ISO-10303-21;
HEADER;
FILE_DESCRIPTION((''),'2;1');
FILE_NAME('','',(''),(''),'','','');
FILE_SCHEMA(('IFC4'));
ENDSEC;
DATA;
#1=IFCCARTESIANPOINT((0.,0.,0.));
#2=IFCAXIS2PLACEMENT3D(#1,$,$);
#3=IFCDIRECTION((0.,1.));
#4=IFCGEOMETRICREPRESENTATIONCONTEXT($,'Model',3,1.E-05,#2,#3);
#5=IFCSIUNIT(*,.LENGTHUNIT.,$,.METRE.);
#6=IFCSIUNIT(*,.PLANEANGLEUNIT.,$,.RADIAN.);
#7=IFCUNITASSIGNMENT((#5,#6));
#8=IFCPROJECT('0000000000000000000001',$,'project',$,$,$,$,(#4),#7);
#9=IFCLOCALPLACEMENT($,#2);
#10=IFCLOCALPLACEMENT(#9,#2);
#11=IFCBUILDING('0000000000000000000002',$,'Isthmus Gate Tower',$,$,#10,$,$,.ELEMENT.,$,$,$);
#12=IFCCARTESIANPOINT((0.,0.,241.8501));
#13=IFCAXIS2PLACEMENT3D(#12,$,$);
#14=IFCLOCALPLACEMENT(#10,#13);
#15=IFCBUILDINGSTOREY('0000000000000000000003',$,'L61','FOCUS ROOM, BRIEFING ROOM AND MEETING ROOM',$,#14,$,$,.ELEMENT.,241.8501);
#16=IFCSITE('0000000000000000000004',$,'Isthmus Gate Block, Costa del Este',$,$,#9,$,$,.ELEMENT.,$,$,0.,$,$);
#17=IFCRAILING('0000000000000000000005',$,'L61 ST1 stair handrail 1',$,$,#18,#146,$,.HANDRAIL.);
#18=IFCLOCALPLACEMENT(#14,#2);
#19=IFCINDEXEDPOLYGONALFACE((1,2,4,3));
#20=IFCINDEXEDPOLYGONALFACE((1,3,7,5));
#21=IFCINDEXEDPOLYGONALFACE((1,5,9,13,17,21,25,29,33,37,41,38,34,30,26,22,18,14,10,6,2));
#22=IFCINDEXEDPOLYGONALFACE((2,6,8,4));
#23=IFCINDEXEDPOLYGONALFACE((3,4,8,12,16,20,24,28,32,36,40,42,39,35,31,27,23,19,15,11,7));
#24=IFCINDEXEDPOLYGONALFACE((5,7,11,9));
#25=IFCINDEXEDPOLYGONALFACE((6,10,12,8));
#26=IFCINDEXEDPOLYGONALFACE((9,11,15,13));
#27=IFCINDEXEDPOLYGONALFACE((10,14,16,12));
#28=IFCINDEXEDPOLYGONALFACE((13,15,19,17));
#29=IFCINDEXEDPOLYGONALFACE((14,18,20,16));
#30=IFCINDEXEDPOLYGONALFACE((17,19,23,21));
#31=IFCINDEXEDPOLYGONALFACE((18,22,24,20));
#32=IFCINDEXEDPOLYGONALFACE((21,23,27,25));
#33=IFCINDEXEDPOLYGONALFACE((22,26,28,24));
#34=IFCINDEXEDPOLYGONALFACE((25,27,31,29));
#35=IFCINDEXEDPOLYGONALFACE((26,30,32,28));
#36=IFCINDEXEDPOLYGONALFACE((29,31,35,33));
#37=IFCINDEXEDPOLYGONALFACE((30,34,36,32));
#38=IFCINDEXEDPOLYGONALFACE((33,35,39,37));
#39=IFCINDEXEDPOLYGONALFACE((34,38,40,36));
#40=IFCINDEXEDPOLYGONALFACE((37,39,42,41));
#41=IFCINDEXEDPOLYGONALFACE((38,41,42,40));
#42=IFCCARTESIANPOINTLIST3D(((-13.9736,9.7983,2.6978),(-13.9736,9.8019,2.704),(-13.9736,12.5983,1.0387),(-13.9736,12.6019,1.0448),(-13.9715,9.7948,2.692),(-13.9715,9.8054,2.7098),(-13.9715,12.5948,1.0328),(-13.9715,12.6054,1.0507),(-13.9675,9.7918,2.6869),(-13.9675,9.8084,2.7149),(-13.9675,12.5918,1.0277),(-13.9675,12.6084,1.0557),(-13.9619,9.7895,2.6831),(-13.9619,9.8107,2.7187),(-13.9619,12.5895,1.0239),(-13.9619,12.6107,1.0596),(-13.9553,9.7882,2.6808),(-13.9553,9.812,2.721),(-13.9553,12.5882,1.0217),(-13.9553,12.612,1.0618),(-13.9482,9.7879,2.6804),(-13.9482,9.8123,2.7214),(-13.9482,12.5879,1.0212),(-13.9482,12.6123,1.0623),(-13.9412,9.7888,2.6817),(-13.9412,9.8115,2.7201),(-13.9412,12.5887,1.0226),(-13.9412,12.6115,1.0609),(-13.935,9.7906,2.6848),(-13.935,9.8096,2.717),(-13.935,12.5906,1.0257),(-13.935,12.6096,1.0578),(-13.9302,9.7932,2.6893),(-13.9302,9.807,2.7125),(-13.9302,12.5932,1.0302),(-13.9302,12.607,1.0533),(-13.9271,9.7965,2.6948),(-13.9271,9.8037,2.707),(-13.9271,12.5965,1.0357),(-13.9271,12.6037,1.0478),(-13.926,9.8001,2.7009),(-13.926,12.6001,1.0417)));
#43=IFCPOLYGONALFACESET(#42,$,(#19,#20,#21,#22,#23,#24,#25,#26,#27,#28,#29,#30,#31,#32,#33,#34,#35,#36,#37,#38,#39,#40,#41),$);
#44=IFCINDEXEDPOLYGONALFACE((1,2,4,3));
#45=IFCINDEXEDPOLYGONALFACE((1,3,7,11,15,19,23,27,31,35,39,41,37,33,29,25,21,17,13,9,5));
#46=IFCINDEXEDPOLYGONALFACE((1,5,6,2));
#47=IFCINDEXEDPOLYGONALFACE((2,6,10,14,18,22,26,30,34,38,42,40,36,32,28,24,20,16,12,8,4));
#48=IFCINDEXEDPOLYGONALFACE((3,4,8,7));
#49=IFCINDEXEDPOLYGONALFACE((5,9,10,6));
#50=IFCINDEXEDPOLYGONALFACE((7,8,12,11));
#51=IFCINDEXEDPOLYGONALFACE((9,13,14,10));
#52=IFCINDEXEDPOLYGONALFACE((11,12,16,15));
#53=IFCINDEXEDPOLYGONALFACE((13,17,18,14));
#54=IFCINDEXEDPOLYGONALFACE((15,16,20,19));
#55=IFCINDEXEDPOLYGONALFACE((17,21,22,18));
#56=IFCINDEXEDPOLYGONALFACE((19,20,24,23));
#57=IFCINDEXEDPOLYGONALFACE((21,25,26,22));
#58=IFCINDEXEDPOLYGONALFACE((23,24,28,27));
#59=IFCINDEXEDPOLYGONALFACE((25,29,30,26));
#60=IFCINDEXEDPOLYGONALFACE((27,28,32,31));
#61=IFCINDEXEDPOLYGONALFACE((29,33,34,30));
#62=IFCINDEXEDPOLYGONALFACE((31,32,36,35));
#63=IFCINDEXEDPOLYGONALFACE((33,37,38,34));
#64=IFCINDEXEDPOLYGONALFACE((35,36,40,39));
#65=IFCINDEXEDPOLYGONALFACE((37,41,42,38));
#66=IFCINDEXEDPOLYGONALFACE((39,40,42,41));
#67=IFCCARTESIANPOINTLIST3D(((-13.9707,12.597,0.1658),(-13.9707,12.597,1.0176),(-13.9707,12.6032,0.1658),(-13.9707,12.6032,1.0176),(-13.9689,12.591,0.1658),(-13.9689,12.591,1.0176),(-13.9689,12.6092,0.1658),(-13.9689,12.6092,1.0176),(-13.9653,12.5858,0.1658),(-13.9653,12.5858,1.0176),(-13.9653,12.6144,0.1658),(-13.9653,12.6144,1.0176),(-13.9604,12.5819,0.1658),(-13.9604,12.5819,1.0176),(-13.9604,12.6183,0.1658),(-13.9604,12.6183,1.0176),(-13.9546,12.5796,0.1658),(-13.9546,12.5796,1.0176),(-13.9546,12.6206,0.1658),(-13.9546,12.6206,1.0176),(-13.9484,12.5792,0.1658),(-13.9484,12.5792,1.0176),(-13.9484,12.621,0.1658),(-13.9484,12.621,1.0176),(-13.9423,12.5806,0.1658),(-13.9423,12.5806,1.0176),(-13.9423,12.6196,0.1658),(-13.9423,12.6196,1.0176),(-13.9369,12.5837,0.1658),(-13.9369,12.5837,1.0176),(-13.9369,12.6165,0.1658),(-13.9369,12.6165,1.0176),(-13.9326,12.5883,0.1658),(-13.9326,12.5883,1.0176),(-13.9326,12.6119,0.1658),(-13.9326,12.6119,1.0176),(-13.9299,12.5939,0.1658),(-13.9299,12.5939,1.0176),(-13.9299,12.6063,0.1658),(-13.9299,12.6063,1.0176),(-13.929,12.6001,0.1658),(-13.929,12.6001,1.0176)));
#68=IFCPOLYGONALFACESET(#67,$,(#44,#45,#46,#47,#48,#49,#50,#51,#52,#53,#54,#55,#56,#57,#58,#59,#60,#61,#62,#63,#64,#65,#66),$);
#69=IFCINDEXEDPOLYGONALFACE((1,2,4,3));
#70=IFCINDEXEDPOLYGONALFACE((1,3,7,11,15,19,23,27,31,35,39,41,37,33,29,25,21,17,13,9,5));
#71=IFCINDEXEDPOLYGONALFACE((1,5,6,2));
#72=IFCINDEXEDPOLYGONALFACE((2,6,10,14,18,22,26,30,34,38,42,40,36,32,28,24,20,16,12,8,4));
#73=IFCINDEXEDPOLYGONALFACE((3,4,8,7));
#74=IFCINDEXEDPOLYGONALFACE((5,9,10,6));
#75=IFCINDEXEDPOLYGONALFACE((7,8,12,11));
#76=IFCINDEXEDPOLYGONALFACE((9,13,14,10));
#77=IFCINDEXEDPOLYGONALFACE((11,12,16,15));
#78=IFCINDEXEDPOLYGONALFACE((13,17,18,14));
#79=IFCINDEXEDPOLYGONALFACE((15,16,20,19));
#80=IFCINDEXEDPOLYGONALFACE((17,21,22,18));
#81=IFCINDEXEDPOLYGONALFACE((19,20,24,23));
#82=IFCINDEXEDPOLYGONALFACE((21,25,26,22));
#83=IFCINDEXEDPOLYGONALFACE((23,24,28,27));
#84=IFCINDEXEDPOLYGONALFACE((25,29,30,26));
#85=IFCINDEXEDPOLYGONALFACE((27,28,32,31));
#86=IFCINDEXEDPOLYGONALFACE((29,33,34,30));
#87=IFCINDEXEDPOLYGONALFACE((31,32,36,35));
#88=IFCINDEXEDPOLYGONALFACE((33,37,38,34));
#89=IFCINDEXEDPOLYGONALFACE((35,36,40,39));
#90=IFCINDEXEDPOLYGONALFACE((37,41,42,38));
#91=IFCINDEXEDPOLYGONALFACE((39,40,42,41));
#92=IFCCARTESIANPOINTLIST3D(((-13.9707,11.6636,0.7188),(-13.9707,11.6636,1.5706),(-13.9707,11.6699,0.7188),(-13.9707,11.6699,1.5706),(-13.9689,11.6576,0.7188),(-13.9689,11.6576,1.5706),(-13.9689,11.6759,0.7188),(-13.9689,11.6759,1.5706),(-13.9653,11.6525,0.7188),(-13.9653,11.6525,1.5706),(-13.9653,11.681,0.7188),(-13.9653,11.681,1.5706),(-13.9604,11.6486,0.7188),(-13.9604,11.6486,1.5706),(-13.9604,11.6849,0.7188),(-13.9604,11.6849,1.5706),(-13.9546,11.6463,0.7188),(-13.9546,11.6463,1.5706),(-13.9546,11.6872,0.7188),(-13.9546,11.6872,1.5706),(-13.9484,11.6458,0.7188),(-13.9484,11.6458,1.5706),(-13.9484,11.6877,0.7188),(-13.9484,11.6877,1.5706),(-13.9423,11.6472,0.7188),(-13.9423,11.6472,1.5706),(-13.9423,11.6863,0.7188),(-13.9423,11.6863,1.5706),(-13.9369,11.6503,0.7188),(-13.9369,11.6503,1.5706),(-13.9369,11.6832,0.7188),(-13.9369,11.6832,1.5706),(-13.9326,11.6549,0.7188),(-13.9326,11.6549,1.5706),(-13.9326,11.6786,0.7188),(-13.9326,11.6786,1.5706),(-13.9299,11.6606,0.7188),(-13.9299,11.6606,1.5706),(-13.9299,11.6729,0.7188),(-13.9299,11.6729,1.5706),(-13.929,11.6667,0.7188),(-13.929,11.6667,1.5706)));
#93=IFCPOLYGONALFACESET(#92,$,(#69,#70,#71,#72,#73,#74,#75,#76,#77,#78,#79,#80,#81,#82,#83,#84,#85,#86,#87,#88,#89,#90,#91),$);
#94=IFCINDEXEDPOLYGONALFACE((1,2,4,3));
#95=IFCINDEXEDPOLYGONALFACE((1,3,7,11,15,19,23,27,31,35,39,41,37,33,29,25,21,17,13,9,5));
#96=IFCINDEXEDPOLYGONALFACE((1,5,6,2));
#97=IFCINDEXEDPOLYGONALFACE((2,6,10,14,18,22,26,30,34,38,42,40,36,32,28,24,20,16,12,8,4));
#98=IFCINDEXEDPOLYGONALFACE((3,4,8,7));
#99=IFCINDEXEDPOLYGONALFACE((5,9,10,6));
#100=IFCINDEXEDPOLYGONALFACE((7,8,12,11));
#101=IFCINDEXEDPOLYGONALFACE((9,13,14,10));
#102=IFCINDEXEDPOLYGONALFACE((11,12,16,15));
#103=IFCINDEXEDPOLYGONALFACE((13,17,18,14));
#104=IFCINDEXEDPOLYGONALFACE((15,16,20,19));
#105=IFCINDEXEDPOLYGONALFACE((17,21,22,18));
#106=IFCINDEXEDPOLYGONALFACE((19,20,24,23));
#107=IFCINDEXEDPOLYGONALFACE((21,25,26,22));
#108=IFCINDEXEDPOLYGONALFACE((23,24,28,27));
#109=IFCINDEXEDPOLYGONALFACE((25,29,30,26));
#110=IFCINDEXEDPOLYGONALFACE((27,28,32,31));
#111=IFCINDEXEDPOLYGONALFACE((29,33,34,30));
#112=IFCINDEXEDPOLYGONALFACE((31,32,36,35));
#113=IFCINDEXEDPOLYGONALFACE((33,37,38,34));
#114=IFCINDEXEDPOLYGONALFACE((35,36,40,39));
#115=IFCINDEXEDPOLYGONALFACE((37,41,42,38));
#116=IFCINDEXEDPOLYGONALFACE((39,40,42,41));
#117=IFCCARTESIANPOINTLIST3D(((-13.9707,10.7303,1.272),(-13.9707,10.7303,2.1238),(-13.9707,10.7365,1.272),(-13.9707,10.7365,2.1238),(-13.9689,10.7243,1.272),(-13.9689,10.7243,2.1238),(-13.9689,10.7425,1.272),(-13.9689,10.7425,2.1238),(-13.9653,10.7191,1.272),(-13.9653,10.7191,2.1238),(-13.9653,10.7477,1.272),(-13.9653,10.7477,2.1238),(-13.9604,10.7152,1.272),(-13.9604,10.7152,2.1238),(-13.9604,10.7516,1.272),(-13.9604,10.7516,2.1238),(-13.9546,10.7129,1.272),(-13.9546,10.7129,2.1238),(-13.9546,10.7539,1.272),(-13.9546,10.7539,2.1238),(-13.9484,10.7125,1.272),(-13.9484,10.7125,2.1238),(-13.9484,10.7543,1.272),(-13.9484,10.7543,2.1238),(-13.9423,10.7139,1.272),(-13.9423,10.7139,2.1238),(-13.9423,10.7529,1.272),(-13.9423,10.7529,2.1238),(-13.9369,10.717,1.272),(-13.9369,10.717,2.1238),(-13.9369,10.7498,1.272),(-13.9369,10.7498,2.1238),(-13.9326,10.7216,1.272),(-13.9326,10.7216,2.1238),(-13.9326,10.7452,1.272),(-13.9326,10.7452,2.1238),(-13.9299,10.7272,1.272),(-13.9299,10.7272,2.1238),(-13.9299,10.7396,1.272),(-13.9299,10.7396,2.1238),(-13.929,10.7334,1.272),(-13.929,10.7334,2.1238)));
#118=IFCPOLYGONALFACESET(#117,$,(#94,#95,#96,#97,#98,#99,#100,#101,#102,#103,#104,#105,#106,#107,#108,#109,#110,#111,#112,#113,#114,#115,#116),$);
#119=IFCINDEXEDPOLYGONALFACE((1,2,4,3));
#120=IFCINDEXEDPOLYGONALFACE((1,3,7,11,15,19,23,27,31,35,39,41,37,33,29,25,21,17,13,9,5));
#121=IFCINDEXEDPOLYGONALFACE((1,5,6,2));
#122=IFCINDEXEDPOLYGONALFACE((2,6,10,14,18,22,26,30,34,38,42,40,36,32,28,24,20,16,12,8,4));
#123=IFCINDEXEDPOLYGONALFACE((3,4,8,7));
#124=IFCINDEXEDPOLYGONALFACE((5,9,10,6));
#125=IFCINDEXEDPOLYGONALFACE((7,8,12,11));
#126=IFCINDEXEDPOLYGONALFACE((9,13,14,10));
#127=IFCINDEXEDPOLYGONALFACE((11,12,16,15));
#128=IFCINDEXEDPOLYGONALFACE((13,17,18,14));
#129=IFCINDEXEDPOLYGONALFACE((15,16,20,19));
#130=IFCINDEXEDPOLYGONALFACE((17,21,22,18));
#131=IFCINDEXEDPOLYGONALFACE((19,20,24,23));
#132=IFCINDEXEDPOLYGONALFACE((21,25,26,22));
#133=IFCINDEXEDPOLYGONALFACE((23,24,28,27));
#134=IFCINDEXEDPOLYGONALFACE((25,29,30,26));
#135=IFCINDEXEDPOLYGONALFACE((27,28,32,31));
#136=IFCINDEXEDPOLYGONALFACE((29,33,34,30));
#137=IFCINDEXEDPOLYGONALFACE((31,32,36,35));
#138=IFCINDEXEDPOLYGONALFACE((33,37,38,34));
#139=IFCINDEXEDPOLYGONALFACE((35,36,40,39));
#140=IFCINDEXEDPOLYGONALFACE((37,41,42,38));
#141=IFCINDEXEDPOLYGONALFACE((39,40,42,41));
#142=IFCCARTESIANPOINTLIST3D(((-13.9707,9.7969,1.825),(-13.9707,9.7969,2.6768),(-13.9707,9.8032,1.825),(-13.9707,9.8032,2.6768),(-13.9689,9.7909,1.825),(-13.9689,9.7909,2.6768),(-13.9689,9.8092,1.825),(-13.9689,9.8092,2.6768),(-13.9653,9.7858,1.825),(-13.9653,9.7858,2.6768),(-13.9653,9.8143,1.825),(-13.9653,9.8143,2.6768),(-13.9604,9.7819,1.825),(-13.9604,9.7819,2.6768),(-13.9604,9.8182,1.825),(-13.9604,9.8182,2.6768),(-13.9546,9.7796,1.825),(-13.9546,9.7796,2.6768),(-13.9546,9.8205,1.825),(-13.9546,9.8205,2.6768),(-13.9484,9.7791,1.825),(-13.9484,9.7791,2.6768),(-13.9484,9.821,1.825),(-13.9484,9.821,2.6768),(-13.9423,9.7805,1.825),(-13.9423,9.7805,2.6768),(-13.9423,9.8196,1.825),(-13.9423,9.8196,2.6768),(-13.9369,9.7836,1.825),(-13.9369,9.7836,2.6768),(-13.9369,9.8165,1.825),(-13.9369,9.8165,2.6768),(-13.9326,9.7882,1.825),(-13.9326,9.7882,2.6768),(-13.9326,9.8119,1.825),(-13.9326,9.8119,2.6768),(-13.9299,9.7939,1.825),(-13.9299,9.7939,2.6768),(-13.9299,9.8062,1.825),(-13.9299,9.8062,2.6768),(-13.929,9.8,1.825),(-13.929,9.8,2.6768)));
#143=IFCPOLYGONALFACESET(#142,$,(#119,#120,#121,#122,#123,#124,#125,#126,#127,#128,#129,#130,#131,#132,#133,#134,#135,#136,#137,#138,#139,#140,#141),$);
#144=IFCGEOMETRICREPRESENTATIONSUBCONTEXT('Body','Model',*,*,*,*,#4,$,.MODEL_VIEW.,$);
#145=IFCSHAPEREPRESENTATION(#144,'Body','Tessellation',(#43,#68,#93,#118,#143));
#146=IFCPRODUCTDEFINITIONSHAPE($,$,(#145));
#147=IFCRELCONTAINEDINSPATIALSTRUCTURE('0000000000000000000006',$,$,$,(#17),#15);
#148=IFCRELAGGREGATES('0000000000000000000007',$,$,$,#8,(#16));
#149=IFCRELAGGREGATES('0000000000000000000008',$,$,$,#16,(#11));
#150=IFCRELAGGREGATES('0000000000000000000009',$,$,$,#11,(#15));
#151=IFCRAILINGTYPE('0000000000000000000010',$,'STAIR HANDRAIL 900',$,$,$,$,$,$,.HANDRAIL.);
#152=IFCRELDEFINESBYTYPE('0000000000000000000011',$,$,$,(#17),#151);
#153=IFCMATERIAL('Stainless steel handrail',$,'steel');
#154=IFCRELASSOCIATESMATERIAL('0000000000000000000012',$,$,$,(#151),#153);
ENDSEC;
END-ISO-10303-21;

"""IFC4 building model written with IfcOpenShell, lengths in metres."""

from ifc_helpers import new_model, si_unit, direction, frame, origin, origin_2d, place, context, subcontext, project, spatial, circle, extrude, material, type_object, element, save


model = new_model("IFC4")

# Units and contexts
model_context = context("Model", 3, precision=1e-05, world=origin(), true_north=direction((0.0, 1.0)))
body_context = subcontext(model_context, "Body", "Model", "MODEL_VIEW")
ifc_project = project(units=[si_unit("LENGTHUNIT", "METRE"), si_unit("PLANEANGLEUNIT", "RADIAN")], contexts=[model_context])

# Site, building, storey
site_placement = place(None, origin())
site = spatial("IfcSite", under=ifc_project, at=site_placement, Name="Isthmus Gate Block, Costa del Este", CompositionType="ELEMENT", RefElevation=0.0)
building_placement = place(site_placement, origin())
building = spatial("IfcBuilding", under=site, at=building_placement, Name="Isthmus Gate Tower", CompositionType="ELEMENT")
storey_placement = place(building_placement, frame((0.0, 0.0, 241.8501)))
storey = spatial("IfcBuildingStorey", under=building, at=storey_placement, Name="L61", Description="FOCUS ROOM, BRIEFING ROOM AND MEETING ROOM", CompositionType="ELEMENT", Elevation=241.8501)

# Railing
ifc_material_1 = material(Name="Stainless steel handrail", Category="steel")
railing_type = type_object("IfcRailingType", Name="STAIR HANDRAIL 900", PredefinedType="HANDRAIL", material=ifc_material_1)
for number, where, name in (
    (1, (-13.95, 12.6001, 0.1658), "L61 ST1 stair handrail 1"),
):
    element("IfcRailing", number, at=place(storey_placement, frame(where)), inside=storey, type_object=railing_type, Name=name, PredefinedType="HANDRAIL", context=body_context, shape_type="SweptSolid", body=[
        extrude(circle(Radius=0.0239, at=origin_2d()), frame((0.0, 0.0, 0.876), z_axis=(0.0, -0.860306, 0.509778), x_axis=(1.0, 0.0, 0.0)), (0.0, 0.0, 1.0), 3.2546),
        extrude(circle(Radius=0.021, at=origin_2d()), origin(), (0.0, 0.0, 1.0), 0.8518),
        extrude(circle(Radius=0.021, at=origin_2d()), frame((0.0, -0.9333, 0.553)), (0.0, 0.0, 1.0), 0.8518),
        extrude(circle(Radius=0.021, at=origin_2d()), frame((0.0, -1.8667, 1.1062)), (0.0, 0.0, 1.0), 0.8518),
        extrude(circle(Radius=0.021, at=origin_2d()), frame((0.0, -2.8, 1.6592)), (0.0, 0.0, 1.0), 0.8518),
    ])

save(model, "model.ifc")
